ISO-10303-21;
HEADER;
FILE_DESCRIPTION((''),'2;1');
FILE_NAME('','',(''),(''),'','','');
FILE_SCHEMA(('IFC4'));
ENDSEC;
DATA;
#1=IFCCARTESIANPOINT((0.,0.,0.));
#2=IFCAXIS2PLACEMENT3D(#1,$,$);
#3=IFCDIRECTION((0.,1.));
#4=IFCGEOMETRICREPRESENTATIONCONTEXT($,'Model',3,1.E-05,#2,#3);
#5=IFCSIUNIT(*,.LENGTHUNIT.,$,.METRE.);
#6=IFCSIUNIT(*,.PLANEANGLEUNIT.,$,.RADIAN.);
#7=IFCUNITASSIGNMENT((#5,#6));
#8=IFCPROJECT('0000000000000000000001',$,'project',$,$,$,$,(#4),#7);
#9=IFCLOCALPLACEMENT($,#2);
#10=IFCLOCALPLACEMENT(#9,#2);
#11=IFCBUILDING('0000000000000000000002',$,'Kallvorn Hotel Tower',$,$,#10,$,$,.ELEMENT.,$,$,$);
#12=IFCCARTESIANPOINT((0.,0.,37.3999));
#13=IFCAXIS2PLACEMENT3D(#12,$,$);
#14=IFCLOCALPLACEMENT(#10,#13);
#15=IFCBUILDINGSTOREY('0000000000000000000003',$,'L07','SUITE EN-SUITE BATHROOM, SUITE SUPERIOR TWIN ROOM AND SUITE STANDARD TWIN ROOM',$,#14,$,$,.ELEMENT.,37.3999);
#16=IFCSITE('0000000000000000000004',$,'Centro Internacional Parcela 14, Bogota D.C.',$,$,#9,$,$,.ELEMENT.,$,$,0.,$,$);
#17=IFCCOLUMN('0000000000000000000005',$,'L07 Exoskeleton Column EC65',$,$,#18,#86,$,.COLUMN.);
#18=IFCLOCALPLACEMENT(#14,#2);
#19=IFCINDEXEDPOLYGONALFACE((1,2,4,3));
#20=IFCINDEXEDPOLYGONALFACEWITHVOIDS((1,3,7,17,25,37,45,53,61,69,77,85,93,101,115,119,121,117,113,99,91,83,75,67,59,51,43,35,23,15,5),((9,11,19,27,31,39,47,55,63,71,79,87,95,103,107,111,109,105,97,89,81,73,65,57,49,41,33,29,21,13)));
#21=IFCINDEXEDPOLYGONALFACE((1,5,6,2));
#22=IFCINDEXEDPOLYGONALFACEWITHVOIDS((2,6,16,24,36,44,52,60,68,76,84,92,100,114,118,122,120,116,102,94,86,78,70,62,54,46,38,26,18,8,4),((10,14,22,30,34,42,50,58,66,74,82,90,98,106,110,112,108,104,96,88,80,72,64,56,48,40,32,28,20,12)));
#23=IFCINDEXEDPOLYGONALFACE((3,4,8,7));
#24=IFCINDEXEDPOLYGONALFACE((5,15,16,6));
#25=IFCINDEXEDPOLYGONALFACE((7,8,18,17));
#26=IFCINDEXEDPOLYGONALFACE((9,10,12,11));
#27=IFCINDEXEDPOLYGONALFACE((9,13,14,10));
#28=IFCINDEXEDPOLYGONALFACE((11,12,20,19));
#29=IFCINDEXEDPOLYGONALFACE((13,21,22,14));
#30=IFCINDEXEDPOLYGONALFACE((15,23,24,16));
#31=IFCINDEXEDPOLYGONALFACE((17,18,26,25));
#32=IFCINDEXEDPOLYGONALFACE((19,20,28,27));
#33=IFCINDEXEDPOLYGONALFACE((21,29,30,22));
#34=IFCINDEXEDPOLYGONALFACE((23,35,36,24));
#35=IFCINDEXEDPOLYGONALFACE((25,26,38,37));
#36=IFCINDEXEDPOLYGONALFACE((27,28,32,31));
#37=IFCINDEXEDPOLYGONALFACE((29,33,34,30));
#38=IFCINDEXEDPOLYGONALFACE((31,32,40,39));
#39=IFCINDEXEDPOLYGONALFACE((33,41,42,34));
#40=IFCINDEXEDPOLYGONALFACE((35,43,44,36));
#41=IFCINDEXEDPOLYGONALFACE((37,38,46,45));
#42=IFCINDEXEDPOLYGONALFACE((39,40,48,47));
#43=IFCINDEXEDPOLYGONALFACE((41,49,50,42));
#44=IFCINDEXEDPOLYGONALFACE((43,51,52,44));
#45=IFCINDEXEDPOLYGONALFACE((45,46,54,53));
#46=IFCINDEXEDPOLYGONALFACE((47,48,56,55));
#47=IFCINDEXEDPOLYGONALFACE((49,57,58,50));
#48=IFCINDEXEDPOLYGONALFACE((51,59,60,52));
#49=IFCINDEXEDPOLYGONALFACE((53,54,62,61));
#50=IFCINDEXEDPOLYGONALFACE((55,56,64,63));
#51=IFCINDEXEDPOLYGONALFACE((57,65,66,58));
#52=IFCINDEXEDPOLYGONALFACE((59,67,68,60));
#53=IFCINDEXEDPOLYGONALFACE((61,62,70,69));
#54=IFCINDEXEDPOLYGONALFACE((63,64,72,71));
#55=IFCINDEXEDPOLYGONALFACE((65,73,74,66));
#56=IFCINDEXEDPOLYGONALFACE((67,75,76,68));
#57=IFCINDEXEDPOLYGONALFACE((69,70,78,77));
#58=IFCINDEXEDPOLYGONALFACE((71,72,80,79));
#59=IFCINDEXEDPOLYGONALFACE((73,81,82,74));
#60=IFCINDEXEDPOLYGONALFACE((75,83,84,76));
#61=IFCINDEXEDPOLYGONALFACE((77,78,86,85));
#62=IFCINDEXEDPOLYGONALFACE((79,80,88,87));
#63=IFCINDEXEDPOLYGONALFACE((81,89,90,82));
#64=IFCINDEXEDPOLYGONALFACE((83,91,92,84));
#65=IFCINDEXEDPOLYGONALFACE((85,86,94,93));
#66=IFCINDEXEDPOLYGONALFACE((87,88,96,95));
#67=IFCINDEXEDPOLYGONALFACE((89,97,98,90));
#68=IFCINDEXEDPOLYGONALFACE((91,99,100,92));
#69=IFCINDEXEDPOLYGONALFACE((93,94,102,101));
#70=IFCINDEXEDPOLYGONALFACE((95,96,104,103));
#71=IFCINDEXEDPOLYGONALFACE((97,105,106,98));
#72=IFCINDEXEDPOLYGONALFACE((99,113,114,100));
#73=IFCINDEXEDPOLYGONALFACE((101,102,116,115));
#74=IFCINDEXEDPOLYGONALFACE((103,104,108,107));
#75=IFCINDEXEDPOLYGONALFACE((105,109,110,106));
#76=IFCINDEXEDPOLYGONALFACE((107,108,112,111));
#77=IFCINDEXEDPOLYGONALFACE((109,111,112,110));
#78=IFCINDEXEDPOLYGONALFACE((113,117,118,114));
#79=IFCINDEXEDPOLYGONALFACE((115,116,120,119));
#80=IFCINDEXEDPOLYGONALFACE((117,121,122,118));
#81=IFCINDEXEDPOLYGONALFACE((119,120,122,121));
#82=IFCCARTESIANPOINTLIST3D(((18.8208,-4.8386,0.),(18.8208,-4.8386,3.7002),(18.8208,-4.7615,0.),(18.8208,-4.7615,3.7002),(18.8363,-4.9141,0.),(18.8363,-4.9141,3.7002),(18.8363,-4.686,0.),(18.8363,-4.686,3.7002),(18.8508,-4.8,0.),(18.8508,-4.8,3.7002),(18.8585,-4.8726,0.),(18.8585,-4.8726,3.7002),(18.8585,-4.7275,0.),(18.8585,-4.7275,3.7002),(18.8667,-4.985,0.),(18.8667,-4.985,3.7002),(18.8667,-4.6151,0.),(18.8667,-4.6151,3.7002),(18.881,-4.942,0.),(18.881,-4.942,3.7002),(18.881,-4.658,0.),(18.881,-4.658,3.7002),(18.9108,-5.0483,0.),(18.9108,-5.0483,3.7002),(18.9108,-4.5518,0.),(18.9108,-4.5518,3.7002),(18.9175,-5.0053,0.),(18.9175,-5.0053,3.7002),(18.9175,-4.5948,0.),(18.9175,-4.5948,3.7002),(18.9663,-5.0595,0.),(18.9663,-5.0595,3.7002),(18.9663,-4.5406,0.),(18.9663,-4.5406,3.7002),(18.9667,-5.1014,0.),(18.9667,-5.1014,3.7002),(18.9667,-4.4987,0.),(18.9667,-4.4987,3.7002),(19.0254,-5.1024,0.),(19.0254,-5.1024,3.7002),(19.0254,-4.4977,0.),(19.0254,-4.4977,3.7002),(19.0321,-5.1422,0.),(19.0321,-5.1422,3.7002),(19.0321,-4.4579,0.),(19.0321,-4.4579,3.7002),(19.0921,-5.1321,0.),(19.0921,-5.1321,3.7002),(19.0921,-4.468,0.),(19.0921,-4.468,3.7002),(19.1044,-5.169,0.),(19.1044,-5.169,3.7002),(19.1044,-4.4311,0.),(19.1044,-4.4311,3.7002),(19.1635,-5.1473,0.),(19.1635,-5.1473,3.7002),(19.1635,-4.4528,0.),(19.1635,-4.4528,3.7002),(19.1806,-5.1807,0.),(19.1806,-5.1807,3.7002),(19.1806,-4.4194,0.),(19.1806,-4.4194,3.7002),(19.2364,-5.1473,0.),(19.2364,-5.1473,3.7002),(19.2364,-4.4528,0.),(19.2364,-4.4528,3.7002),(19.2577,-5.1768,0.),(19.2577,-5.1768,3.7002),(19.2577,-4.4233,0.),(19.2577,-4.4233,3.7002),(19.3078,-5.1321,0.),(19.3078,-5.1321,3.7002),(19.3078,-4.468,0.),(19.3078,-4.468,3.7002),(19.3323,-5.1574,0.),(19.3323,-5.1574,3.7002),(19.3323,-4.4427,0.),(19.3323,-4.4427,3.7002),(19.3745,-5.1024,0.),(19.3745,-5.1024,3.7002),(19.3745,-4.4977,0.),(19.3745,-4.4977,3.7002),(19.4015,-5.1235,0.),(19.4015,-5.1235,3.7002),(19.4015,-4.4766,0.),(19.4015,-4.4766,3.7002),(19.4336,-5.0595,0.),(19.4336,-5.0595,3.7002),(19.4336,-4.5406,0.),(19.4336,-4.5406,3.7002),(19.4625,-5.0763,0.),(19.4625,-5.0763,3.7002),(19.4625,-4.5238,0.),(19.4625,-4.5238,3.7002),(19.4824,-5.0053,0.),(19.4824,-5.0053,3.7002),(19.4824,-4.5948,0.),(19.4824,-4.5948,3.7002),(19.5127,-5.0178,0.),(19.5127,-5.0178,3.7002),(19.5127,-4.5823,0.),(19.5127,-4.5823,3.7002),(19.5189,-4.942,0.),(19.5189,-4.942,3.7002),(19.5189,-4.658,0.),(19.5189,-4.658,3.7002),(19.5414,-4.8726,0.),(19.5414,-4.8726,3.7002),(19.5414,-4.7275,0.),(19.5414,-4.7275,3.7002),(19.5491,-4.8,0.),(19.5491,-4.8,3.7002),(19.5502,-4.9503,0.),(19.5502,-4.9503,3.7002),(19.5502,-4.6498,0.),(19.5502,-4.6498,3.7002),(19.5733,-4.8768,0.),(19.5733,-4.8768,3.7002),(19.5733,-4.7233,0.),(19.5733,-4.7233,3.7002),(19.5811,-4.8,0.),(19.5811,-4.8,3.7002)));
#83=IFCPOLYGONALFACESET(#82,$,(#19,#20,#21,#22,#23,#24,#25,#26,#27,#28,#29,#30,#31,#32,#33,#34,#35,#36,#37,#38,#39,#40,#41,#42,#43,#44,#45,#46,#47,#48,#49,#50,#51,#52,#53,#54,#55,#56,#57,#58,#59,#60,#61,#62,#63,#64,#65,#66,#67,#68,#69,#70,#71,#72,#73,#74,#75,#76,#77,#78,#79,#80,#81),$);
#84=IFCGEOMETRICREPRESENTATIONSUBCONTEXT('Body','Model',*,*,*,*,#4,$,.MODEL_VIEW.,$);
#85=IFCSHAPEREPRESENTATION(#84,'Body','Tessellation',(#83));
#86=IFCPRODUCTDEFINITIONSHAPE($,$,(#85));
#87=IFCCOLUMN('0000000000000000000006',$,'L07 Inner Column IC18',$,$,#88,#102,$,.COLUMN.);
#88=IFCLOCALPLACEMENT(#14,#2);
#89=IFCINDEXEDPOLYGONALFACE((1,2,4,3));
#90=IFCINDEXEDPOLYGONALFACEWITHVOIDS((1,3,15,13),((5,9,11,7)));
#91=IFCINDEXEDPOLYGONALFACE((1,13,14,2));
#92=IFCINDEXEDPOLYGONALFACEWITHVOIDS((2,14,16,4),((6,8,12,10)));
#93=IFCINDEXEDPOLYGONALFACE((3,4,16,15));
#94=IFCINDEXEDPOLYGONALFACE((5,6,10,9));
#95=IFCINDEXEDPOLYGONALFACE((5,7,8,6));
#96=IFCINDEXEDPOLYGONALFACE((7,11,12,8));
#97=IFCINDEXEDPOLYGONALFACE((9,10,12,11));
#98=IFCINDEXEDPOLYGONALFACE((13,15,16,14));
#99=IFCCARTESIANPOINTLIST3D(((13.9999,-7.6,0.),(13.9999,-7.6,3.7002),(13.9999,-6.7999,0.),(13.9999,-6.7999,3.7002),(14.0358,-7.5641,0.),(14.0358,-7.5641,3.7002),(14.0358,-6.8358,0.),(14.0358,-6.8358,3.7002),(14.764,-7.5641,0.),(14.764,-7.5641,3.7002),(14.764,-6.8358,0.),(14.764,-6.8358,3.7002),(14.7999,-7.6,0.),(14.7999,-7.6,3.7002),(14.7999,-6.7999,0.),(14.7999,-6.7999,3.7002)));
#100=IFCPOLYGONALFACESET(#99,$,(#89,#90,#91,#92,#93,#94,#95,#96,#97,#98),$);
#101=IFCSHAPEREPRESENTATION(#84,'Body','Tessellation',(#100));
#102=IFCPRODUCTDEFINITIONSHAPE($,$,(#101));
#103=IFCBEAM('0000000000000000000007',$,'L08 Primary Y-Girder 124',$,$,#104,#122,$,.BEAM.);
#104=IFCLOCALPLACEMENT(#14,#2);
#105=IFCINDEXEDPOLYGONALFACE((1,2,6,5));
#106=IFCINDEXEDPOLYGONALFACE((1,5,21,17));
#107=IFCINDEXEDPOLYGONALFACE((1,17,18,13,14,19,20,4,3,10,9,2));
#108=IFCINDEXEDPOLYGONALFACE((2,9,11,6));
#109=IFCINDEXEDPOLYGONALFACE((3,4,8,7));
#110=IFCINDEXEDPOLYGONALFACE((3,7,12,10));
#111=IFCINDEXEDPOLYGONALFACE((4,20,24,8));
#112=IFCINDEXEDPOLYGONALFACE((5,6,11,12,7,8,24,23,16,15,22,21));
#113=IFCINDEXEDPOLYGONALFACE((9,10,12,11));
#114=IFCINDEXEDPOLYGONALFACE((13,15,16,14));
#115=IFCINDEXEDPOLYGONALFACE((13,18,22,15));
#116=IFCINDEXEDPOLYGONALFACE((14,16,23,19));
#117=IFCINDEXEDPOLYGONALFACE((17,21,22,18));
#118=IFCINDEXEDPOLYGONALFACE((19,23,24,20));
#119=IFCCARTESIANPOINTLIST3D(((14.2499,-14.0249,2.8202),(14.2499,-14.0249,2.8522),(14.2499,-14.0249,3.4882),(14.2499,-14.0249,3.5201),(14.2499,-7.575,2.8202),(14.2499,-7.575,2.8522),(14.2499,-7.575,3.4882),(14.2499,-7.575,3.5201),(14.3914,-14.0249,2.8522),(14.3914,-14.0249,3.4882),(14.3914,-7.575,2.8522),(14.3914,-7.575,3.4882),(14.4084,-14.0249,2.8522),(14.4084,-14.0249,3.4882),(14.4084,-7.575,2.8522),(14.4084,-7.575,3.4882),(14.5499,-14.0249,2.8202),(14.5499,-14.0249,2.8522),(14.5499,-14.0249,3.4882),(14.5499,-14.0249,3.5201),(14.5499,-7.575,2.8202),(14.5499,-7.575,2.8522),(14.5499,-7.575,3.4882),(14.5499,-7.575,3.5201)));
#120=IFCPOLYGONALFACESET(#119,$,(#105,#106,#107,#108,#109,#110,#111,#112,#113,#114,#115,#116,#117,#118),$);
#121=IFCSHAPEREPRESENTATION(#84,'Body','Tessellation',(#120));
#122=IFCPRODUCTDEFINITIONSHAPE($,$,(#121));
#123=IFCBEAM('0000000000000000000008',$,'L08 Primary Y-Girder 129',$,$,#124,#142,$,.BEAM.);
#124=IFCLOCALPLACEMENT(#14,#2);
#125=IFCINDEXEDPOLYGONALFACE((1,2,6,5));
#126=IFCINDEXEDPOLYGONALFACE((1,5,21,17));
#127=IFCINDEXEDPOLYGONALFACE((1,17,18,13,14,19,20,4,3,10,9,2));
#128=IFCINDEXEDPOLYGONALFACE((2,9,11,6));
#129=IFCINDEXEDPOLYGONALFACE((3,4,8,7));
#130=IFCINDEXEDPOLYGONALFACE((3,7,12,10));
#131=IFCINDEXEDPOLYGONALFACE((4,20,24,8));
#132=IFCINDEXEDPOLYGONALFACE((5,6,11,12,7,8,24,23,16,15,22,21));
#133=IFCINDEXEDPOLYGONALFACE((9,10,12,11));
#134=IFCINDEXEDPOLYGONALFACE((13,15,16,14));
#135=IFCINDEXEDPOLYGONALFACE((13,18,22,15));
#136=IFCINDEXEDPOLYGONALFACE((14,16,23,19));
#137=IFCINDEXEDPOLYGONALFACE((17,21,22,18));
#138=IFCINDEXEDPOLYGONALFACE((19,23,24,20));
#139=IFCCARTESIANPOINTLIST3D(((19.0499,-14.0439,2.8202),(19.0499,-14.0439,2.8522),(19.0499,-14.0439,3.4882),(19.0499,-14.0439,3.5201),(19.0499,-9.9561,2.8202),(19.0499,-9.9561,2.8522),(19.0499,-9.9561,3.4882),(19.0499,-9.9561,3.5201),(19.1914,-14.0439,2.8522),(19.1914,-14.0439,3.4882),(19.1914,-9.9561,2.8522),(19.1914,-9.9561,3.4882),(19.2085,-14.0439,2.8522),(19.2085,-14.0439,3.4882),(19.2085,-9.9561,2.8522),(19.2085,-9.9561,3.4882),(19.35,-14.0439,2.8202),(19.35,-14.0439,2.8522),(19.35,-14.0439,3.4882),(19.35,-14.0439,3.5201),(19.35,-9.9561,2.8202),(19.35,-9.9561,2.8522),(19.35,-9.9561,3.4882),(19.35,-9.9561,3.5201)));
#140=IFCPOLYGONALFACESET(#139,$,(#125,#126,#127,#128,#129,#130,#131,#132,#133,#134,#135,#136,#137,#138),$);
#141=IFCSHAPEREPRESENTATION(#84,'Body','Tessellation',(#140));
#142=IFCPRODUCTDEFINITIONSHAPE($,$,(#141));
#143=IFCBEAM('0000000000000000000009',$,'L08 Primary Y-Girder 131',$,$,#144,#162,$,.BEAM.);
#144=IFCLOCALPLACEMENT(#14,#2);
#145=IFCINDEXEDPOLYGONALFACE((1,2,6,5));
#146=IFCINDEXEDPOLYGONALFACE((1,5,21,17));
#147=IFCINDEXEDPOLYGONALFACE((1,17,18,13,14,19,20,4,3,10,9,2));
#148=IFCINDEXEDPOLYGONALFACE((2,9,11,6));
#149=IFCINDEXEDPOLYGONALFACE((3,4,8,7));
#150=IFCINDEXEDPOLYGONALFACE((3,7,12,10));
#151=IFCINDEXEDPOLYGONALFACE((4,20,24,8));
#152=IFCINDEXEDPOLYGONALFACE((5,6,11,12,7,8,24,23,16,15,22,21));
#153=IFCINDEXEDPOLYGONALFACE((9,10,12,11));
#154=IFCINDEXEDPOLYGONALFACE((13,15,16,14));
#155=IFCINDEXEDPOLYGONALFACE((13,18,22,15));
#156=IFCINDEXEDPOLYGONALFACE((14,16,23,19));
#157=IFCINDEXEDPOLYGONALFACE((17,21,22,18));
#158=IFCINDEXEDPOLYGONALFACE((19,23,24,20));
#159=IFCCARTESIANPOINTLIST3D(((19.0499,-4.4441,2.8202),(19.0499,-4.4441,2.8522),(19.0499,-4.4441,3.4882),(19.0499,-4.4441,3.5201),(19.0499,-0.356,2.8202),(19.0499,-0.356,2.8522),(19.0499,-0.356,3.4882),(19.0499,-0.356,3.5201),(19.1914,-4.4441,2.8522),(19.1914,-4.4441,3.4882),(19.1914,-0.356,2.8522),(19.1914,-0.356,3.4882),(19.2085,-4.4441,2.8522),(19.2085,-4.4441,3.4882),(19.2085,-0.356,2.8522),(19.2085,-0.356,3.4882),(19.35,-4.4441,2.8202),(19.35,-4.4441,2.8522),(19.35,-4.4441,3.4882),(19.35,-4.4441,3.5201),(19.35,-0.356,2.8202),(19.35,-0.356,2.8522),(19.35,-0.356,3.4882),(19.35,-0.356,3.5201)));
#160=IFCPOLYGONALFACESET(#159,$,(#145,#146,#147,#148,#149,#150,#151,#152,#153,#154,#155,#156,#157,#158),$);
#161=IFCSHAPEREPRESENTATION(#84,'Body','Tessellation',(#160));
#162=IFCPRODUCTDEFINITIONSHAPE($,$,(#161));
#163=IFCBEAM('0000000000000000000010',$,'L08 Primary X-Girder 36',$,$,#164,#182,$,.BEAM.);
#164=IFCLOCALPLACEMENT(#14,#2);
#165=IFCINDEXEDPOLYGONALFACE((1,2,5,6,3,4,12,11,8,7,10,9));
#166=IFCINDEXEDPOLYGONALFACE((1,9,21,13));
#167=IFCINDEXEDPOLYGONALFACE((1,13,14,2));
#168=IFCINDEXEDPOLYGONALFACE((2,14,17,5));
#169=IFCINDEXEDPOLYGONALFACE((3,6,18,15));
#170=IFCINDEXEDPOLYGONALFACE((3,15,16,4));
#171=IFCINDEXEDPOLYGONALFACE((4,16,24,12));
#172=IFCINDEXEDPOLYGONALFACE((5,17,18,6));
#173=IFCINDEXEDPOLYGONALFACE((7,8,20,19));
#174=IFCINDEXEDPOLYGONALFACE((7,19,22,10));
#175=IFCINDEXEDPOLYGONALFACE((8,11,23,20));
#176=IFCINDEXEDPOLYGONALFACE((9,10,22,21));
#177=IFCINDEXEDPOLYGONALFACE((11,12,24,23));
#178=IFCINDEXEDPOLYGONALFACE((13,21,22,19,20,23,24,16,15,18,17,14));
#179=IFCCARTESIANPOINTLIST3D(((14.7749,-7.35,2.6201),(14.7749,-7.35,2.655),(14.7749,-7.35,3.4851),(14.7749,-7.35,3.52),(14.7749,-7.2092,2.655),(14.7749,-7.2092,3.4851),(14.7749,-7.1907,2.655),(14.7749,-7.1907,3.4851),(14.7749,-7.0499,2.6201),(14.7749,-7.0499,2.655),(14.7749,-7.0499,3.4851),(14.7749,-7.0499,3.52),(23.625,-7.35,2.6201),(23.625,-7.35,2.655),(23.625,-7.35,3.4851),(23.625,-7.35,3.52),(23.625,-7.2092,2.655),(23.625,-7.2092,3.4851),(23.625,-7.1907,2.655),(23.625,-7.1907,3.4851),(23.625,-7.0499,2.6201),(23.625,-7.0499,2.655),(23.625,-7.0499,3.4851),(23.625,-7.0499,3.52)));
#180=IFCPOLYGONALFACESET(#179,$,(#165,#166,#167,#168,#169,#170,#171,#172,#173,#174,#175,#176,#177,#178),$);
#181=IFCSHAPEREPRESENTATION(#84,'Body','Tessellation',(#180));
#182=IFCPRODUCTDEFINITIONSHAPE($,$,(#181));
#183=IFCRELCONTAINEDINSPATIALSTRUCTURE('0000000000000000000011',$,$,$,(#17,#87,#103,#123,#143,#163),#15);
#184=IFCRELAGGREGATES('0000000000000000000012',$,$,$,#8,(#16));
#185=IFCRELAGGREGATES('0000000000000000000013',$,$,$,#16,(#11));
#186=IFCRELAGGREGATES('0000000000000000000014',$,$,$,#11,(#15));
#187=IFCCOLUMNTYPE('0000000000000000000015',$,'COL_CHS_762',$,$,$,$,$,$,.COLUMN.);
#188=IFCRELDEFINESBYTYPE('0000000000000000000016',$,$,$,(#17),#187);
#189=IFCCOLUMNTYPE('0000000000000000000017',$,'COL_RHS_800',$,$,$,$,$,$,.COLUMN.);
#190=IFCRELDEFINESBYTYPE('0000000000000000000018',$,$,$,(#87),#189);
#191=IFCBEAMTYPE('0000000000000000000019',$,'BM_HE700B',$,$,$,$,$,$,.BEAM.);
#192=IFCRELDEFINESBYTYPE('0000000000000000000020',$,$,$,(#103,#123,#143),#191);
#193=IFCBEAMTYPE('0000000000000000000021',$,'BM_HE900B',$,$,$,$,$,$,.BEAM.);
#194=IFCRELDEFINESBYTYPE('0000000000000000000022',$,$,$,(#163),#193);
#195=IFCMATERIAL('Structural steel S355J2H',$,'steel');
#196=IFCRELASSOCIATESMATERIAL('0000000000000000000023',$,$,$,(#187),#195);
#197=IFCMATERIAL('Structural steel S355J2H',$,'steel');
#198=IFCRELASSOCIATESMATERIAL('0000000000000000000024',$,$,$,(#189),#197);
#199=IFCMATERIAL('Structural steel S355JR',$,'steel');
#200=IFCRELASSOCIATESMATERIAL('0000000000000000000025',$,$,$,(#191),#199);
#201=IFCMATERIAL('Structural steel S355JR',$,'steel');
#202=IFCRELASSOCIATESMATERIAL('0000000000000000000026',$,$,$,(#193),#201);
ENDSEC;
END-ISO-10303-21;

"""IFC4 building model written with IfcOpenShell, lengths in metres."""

from ifc_helpers import new_model, si_unit, direction, frame, origin, origin_2d, place, context, subcontext, project, spatial, hollow_rectangle, hollow_circle, i_section, extrude, material, material_profile, profile_set, type_object, element, save


model = new_model("IFC4")

# Units and contexts
model_context = context("Model", 3, precision=1e-05, world=origin(), true_north=direction((0.0, 1.0)))
body_context = subcontext(model_context, "Body", "Model", "MODEL_VIEW")
ifc_project = project(units=[si_unit("LENGTHUNIT", "METRE"), si_unit("PLANEANGLEUNIT", "RADIAN")], contexts=[model_context])

# Site, building, storey
site_placement = place(None, origin())
site = spatial("IfcSite", under=ifc_project, at=site_placement, Name="Centro Internacional Parcela 14, Bogota D.C.", CompositionType="ELEMENT", RefElevation=0.0)
building_placement = place(site_placement, origin())
building = spatial("IfcBuilding", under=site, at=building_placement, Name="Kallvorn Hotel Tower", CompositionType="ELEMENT")
storey_placement = place(building_placement, frame((0.0, 0.0, 37.3999)))
storey = spatial("IfcBuildingStorey", under=building, at=storey_placement, Name="L07", Description="SUITE EN-SUITE BATHROOM, SUITE SUPERIOR TWIN ROOM AND SUITE STANDARD TWIN ROOM", CompositionType="ELEMENT", Elevation=37.3999)

# Columns
ifc_material_1 = material(Name="Structural steel S355J2H", Category="steel")
ifc_material_profile_1 = material_profile(ifc_material_1, hollow_circle(Radius=0.3811, WallThickness=0.032, at=origin_2d()), Name="CHS 762x32")
ifc_profile_set_1 = profile_set([ifc_material_profile_1], Name="Structural steel S355J2H")
column_type_1 = type_object("IfcColumnType", Name="COL_CHS_762", PredefinedType="COLUMN", material=ifc_profile_set_1)
for number, where, z_axis, x_axis, name in (
    (1, (19.2, -4.8, 0.0), (0.0, 0.0, 1.0), (1.0, 0.0, 0.0), "L07 Exoskeleton Column EC65"),
):
    element("IfcColumn", number, at=place(storey_placement, frame(where, z_axis=z_axis, x_axis=x_axis)), inside=storey, type_object=column_type_1, Name=name, PredefinedType="COLUMN", context=body_context, shape_type="SweptSolid", body=[
        extrude(hollow_circle(Radius=0.3811, WallThickness=0.032, at=origin_2d()), origin(), (0.0, 0.0, 1.0), 3.7002),
    ])
ifc_material_2 = material(Name="Structural steel S355J2H", Category="steel")
ifc_material_profile_2 = material_profile(ifc_material_2, hollow_rectangle(XDim=0.8, YDim=0.8, WallThickness=0.0359, at=origin_2d()), Name="RHS 800x800x36")
ifc_profile_set_2 = profile_set([ifc_material_profile_2], Name="Structural steel S355J2H")
column_type_2 = type_object("IfcColumnType", Name="COL_RHS_800", PredefinedType="COLUMN", material=ifc_profile_set_2)
column_placement = place(storey_placement, frame((14.3999, -7.2, 0.0), z_axis=(0.0, 0.0, 1.0), x_axis=(1.0, 0.0, 0.0)))
element("IfcColumn", 2, at=column_placement, inside=storey, type_object=column_type_2, Name="L07 Inner Column IC18", PredefinedType="COLUMN", context=body_context, shape_type="SweptSolid", body=[
    extrude(hollow_rectangle(XDim=0.8, YDim=0.8, WallThickness=0.0359, at=origin_2d()), origin(), (0.0, 0.0, 1.0), 3.7002),
])

# Beams
ifc_material_3 = material(Name="Structural steel S355JR", Category="steel")
ifc_material_profile_3 = material_profile(ifc_material_3, i_section(OverallWidth=0.3, OverallDepth=0.7, WebThickness=0.0171, FlangeThickness=0.032, at=origin_2d()), Name="HE 700 B")
ifc_profile_set_3 = profile_set([ifc_material_profile_3], Name="Structural steel S355JR")
beam_type_1 = type_object("IfcBeamType", Name="BM_HE700B", PredefinedType="BEAM", material=ifc_profile_set_3)
beam_1_placement = place(storey_placement, frame((14.3999, -14.0249, 3.1702), z_axis=(0.0, 1.0, 0.0), x_axis=(-1.0, 0.0, 0.0)))
element("IfcBeam", 3, at=beam_1_placement, inside=storey, type_object=beam_type_1, Name="L08 Primary Y-Girder 124", PredefinedType="BEAM", context=body_context, shape_type="SweptSolid", body=[
    extrude(i_section(OverallWidth=0.3, OverallDepth=0.7, WebThickness=0.0171, FlangeThickness=0.032, at=origin_2d()), origin(), (0.0, 0.0, 1.0), 6.45),
])
beam_2_placement = place(storey_placement, frame((19.2, -14.0439, 3.1702), z_axis=(0.0, 1.0, 0.0), x_axis=(-1.0, 0.0, 0.0)))
element("IfcBeam", 4, at=beam_2_placement, inside=storey, type_object=beam_type_1, Name="L08 Primary Y-Girder 129", PredefinedType="BEAM", context=body_context, shape_type="SweptSolid", body=[
    extrude(i_section(OverallWidth=0.3, OverallDepth=0.7, WebThickness=0.0171, FlangeThickness=0.032, at=origin_2d()), origin(), (0.0, 0.0, 1.0), 4.0879),
])
beam_3_placement = place(storey_placement, frame((19.2, -4.4441, 3.1702), z_axis=(0.0, 1.0, 0.0), x_axis=(-1.0, 0.0, 0.0)))
element("IfcBeam", 5, at=beam_3_placement, inside=storey, type_object=beam_type_1, Name="L08 Primary Y-Girder 131", PredefinedType="BEAM", context=body_context, shape_type="SweptSolid", body=[
    extrude(i_section(OverallWidth=0.3, OverallDepth=0.7, WebThickness=0.0171, FlangeThickness=0.032, at=origin_2d()), origin(), (0.0, 0.0, 1.0), 4.0881),
])
ifc_material_4 = material(Name="Structural steel S355JR", Category="steel")
ifc_material_profile_4 = material_profile(ifc_material_4, i_section(OverallWidth=0.3, OverallDepth=0.8999, WebThickness=0.0186, FlangeThickness=0.0349, at=origin_2d()), Name="HE 900 B")
ifc_profile_set_4 = profile_set([ifc_material_profile_4], Name="Structural steel S355JR")
beam_type_2 = type_object("IfcBeamType", Name="BM_HE900B", PredefinedType="BEAM", material=ifc_profile_set_4)
beam_4_placement = place(storey_placement, frame((14.7749, -7.2, 3.0701), z_axis=(1.0, 0.0, 0.0), x_axis=(0.0, 1.0, 0.0)))
element("IfcBeam", 6, at=beam_4_placement, inside=storey, type_object=beam_type_2, Name="L08 Primary X-Girder 36", PredefinedType="BEAM", context=body_context, shape_type="SweptSolid", body=[
    extrude(i_section(OverallWidth=0.3, OverallDepth=0.8999, WebThickness=0.0186, FlangeThickness=0.0349, at=origin_2d()), origin(), (0.0, 0.0, 1.0), 8.8501),
])

save(model, "model.ifc")
